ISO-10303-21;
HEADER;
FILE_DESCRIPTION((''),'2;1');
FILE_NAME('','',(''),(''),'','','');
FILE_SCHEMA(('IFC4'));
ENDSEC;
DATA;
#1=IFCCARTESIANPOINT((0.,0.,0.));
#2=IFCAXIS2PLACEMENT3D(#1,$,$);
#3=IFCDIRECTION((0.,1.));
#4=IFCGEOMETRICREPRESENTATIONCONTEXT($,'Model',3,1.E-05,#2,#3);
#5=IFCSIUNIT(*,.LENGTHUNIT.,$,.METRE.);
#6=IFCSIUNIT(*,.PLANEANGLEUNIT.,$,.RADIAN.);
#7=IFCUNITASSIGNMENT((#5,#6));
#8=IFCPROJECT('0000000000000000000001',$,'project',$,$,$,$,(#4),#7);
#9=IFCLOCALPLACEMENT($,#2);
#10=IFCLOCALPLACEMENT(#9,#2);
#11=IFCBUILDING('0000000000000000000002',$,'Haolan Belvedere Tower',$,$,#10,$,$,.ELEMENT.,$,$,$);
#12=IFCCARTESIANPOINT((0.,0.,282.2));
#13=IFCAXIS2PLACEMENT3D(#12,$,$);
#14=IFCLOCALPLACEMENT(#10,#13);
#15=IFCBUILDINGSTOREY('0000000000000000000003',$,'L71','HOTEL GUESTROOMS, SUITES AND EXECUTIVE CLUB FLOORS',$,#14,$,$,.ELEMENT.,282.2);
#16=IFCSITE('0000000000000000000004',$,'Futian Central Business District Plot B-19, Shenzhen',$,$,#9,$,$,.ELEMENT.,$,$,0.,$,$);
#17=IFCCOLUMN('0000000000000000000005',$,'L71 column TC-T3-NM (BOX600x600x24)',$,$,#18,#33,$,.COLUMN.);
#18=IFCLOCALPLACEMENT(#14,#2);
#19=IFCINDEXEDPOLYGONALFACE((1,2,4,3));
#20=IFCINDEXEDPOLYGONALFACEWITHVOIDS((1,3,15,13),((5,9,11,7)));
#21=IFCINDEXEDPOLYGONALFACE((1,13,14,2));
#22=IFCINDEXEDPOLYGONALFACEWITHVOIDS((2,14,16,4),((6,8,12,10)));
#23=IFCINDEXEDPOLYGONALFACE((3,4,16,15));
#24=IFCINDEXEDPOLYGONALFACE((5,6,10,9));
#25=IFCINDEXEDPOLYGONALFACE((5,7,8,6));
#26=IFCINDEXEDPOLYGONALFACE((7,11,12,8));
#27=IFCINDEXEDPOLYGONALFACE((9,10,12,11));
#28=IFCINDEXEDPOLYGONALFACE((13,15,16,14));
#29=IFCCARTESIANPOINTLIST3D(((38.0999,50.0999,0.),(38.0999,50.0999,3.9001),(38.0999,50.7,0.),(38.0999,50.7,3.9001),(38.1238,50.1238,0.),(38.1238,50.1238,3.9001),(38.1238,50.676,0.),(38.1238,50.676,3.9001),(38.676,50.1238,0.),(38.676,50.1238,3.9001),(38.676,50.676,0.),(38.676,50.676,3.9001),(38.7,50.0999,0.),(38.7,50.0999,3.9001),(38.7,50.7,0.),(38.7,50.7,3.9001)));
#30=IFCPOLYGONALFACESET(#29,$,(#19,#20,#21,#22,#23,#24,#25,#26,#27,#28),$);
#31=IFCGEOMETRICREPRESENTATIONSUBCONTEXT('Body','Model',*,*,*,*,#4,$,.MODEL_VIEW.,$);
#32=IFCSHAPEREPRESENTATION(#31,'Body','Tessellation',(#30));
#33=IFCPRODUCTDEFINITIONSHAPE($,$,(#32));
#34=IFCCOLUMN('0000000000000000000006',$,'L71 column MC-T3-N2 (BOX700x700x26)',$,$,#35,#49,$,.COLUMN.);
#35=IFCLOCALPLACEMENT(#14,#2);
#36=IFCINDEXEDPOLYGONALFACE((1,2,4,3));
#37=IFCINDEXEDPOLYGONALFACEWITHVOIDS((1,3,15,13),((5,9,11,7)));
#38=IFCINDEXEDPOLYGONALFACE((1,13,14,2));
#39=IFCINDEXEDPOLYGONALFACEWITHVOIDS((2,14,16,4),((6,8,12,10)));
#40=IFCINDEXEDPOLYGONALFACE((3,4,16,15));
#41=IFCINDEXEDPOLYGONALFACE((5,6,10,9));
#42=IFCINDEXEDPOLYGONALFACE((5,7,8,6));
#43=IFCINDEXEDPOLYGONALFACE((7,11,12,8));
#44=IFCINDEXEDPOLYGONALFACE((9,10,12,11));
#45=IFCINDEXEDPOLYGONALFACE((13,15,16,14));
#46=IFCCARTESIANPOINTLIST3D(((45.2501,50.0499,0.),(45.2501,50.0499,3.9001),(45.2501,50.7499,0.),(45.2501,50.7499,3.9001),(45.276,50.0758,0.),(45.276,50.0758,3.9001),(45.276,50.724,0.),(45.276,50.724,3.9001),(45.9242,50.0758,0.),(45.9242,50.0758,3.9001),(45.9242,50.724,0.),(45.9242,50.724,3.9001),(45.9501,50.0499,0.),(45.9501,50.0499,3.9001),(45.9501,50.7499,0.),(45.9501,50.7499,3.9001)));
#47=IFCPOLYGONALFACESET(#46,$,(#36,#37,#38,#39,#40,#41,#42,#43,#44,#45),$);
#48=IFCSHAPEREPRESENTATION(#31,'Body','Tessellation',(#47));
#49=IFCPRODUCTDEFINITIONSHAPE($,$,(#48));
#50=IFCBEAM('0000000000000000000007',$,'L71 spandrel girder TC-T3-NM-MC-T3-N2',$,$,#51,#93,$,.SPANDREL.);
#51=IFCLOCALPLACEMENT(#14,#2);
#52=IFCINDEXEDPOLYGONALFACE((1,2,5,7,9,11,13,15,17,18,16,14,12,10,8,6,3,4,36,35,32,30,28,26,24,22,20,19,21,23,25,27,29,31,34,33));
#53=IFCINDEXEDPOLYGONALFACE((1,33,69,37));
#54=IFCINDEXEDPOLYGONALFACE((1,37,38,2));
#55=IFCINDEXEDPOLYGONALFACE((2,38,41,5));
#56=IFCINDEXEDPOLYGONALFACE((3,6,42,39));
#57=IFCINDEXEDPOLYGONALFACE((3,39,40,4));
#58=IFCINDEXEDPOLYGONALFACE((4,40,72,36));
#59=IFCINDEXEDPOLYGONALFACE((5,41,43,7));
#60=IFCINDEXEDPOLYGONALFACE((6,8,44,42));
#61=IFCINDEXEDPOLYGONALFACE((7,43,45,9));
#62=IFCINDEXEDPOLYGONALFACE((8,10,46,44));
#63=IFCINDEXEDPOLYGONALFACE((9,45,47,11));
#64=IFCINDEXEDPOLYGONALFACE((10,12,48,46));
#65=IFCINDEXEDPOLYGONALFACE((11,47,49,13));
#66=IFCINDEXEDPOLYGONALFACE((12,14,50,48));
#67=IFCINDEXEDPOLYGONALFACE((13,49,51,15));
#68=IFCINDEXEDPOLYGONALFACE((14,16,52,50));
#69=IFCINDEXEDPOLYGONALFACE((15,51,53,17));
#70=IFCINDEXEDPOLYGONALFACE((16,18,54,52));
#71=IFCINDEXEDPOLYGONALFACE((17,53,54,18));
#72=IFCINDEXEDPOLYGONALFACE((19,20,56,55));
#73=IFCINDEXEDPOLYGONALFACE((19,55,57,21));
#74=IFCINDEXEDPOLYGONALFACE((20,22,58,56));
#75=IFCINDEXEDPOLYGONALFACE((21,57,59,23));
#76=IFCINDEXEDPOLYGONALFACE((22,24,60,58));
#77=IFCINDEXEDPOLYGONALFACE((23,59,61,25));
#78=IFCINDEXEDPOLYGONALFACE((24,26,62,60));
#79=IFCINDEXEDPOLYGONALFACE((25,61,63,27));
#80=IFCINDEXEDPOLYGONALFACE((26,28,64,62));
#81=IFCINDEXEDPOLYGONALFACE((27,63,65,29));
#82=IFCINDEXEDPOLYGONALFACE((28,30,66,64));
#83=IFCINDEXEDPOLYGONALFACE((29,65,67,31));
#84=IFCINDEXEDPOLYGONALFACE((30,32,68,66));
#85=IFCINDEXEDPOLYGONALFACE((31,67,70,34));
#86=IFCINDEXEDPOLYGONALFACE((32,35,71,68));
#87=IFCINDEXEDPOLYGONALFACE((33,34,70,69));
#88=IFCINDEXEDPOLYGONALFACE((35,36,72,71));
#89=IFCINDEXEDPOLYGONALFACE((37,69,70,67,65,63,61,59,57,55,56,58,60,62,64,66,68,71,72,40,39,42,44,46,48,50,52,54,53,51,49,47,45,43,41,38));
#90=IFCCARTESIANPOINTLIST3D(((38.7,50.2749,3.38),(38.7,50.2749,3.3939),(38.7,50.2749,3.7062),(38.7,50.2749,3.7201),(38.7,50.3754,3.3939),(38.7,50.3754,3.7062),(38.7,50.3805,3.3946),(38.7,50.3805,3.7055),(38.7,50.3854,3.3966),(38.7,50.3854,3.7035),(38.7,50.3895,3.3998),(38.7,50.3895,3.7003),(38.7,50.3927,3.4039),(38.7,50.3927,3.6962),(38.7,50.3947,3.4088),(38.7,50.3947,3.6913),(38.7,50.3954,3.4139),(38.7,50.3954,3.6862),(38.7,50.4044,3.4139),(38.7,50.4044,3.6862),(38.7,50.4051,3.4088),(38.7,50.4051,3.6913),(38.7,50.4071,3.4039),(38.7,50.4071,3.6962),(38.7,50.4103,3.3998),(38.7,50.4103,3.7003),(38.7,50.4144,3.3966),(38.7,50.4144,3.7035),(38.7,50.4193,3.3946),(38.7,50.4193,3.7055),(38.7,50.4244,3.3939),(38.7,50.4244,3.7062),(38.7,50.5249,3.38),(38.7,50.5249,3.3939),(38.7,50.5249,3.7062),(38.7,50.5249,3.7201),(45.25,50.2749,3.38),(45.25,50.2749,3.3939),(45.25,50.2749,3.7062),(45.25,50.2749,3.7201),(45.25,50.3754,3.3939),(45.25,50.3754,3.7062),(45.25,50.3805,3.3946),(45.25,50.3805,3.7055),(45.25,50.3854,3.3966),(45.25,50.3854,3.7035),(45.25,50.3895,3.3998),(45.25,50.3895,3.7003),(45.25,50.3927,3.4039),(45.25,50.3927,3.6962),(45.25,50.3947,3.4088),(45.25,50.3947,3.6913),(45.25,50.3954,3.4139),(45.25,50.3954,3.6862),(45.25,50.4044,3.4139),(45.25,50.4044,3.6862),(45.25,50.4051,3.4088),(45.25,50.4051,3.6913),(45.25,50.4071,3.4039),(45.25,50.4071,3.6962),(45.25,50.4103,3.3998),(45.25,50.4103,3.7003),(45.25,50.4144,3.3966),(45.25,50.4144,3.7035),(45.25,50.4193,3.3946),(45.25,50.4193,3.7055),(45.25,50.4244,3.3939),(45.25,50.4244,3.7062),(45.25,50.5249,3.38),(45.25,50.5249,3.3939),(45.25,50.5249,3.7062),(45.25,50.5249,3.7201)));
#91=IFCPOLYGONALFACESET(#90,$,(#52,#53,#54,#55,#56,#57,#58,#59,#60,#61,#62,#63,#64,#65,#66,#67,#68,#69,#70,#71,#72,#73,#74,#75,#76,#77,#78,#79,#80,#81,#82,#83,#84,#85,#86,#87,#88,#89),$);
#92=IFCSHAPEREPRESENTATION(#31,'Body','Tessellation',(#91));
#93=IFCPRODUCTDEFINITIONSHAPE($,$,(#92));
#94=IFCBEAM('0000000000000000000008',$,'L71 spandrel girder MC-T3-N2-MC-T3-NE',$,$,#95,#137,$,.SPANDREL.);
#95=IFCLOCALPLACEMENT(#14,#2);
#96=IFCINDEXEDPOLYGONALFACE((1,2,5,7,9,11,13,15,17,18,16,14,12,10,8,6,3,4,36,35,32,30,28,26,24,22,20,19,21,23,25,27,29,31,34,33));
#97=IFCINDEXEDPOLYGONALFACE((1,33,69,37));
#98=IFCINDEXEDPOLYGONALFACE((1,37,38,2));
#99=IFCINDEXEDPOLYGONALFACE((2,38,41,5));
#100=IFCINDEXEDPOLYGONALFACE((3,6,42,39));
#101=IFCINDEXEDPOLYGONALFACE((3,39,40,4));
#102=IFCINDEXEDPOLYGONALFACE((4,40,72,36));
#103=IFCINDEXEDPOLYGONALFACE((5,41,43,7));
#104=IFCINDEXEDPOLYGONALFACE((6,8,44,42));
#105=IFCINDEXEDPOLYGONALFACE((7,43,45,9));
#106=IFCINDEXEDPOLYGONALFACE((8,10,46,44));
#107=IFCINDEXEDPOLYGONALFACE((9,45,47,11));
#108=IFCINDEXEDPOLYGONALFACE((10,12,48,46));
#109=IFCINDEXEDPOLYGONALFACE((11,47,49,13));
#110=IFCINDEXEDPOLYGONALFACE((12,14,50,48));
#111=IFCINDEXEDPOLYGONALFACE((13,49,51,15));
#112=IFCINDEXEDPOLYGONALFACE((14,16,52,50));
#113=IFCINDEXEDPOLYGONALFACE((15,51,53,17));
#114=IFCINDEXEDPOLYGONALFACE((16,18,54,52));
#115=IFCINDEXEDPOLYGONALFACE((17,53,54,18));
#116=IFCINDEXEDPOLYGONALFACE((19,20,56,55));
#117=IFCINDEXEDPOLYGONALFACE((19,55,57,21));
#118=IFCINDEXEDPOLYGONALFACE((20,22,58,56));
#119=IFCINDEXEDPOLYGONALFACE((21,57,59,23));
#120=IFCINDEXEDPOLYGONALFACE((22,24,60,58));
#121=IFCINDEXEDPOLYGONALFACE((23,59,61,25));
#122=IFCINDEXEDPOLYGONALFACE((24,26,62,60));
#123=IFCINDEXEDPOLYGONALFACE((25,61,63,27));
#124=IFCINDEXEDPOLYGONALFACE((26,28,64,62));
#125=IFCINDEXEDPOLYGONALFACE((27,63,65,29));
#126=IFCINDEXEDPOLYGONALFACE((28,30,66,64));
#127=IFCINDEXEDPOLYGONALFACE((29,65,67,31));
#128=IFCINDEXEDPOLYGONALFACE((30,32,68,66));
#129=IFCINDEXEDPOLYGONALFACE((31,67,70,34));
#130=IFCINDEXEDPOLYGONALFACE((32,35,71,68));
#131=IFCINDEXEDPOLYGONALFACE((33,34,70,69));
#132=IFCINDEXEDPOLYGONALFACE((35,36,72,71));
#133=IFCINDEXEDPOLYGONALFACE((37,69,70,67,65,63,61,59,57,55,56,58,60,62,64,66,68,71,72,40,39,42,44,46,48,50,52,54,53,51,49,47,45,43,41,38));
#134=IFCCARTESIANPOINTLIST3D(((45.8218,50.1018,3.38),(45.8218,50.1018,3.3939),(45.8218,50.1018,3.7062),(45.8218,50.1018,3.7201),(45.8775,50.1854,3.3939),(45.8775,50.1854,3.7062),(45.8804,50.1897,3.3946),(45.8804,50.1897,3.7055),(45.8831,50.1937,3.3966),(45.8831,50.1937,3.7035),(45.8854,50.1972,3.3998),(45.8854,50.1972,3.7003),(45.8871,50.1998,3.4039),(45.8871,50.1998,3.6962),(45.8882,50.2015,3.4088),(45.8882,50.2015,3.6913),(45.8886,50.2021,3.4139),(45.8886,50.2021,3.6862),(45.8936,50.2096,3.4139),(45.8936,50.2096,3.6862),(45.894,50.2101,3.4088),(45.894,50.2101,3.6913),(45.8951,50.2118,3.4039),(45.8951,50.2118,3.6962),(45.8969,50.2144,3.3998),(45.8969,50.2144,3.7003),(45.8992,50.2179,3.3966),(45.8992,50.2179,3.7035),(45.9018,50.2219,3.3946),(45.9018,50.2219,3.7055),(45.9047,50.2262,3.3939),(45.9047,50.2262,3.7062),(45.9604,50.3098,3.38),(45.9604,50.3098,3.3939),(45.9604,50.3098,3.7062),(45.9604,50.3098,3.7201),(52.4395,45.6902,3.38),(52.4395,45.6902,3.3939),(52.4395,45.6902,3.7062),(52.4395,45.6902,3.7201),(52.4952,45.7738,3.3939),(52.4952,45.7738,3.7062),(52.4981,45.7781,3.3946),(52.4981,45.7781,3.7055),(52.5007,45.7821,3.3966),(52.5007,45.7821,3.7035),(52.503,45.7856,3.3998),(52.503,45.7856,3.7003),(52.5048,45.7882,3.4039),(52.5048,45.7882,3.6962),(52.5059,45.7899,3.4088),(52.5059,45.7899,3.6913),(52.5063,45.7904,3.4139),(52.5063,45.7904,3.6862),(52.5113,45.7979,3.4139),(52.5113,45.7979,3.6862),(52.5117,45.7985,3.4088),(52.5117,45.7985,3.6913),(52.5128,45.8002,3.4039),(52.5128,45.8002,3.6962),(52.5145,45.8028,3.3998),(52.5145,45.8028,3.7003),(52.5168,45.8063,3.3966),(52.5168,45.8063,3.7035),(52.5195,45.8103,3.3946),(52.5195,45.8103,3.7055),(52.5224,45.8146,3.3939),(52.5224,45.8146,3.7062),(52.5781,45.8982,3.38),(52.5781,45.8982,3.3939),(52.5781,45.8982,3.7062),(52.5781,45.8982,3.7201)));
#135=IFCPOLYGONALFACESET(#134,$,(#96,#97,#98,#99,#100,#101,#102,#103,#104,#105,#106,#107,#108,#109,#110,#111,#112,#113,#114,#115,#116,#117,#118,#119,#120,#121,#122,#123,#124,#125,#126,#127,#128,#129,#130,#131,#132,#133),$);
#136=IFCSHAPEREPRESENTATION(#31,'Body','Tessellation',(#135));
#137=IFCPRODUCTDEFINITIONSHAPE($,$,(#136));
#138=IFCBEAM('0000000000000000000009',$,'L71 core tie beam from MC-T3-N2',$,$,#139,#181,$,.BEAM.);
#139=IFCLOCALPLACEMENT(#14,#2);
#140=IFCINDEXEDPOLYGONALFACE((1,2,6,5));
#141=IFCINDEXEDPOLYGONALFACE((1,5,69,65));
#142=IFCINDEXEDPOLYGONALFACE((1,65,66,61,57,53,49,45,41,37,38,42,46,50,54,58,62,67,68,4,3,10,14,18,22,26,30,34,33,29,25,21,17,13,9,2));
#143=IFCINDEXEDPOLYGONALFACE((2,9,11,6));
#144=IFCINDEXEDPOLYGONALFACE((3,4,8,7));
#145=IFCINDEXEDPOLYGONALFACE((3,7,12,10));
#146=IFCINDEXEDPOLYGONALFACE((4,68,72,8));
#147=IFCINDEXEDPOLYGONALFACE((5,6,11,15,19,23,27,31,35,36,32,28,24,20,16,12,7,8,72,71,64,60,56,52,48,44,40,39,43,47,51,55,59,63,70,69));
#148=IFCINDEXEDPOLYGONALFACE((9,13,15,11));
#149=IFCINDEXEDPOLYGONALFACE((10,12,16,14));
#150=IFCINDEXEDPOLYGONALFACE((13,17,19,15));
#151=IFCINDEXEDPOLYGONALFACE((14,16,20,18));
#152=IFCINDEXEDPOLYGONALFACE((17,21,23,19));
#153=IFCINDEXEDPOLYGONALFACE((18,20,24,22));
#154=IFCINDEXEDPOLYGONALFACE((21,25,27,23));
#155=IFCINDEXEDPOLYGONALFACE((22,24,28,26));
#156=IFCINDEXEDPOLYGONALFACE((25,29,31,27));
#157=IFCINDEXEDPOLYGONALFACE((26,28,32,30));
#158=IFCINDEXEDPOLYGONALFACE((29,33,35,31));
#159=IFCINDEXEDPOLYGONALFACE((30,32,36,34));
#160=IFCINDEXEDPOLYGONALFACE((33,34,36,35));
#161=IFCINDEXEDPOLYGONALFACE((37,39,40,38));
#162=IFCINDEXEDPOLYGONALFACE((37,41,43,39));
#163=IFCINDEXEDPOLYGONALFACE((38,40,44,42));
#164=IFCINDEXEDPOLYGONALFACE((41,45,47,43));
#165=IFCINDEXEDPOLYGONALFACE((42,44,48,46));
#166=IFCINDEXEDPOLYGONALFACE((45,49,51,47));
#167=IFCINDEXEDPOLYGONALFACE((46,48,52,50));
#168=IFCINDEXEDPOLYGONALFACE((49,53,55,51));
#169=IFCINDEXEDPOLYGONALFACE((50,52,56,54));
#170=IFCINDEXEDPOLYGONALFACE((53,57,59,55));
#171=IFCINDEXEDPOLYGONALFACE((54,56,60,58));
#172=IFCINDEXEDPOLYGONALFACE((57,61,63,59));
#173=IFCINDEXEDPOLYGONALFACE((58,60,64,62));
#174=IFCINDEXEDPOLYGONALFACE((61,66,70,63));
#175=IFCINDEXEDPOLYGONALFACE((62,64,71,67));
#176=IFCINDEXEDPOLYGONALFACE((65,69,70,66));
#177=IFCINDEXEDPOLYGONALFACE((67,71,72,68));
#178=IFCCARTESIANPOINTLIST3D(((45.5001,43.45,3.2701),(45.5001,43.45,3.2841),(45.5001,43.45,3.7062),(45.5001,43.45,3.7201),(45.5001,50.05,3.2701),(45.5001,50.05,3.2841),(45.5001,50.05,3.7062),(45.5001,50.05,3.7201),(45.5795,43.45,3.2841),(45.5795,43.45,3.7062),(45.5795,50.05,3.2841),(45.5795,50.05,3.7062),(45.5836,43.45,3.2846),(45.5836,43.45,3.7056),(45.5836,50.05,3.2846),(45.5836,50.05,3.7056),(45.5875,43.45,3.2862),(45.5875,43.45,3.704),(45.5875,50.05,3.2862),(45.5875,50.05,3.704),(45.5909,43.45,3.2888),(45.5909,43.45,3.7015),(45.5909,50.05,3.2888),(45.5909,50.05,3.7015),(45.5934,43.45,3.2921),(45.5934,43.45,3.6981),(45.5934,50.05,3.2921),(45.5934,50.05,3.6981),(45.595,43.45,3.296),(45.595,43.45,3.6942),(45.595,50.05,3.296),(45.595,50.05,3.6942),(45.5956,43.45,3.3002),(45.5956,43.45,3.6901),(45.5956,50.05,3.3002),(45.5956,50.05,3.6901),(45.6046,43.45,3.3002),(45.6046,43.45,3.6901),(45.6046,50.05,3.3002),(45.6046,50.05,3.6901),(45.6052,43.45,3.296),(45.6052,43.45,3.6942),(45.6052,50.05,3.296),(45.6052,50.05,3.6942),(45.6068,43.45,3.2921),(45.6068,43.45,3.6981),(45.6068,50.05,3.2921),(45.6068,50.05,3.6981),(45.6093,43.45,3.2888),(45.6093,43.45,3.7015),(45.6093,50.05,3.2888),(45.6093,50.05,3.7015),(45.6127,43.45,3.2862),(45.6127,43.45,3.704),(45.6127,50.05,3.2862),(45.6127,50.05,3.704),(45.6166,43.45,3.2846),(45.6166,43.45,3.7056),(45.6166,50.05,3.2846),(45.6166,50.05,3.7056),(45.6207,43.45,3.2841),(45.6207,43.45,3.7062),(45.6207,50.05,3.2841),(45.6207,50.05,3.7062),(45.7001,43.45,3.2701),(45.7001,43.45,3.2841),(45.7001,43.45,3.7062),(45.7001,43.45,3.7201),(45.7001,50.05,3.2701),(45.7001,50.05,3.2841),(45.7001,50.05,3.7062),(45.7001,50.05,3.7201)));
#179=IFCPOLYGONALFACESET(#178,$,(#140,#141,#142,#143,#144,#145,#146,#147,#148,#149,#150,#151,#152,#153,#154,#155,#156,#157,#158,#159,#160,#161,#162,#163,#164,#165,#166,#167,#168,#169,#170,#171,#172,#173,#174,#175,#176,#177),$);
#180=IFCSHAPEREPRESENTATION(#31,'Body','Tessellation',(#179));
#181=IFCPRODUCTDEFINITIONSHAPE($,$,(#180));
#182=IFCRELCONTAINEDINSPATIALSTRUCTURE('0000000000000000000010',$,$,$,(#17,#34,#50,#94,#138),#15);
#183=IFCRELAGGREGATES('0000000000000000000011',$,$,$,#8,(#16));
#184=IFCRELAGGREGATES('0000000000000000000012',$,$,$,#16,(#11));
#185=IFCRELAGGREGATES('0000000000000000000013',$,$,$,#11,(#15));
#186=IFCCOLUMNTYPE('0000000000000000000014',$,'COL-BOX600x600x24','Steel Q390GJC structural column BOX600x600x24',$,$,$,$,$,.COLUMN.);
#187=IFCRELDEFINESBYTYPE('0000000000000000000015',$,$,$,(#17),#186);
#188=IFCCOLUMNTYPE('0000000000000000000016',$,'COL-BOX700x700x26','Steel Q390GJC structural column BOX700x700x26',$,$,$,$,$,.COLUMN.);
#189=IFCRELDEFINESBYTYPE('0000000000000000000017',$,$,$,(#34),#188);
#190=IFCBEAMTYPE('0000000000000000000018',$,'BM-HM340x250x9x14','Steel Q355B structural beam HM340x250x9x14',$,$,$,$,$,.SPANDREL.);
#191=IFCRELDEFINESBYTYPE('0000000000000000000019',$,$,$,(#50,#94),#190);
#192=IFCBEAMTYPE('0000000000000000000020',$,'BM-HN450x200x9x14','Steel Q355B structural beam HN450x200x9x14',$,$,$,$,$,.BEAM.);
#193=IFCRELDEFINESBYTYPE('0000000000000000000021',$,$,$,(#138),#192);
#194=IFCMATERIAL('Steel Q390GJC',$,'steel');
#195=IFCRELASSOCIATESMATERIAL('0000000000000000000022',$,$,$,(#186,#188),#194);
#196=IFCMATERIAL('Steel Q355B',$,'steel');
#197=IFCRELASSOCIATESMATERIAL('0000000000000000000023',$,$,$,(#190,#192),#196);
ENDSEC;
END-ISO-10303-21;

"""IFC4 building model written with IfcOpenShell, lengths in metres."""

from ifc_helpers import new_model, si_unit, direction, frame, origin, origin_2d, place, context, subcontext, project, spatial, hollow_rectangle, i_section, extrude, material, material_profile, profile_set, type_object, element, save


model = new_model("IFC4")

# Units and contexts
model_context = context("Model", 3, precision=1e-05, world=origin(), true_north=direction((0.0, 1.0)))
body_context = subcontext(model_context, "Body", "Model", "MODEL_VIEW")
ifc_project = project(units=[si_unit("LENGTHUNIT", "METRE"), si_unit("PLANEANGLEUNIT", "RADIAN")], contexts=[model_context])

# Site, building, storey
site_placement = place(None, origin())
site = spatial("IfcSite", under=ifc_project, at=site_placement, Name="Futian Central Business District Plot B-19, Shenzhen", CompositionType="ELEMENT", RefElevation=0.0)
building_placement = place(site_placement, origin())
building = spatial("IfcBuilding", under=site, at=building_placement, Name="Haolan Belvedere Tower", CompositionType="ELEMENT")
storey_placement = place(building_placement, frame((0.0, 0.0, 282.2)))
storey = spatial("IfcBuildingStorey", under=building, at=storey_placement, Name="L71", Description="HOTEL GUESTROOMS, SUITES AND EXECUTIVE CLUB FLOORS", CompositionType="ELEMENT", Elevation=282.2)

# Columns
ifc_material_1 = material(Name="Steel Q390GJC", Category="steel")
ifc_material_profile_1 = material_profile(ifc_material_1, hollow_rectangle(XDim=0.6001, YDim=0.6001, WallThickness=0.0239, at=origin_2d()), Name="Steel Q390GJC")
ifc_profile_set_1 = profile_set([ifc_material_profile_1], Name="Steel Q390GJC")
column_type_1 = type_object("IfcColumnType", Name="COL-BOX600x600x24", Description="Steel Q390GJC structural column BOX600x600x24", PredefinedType="COLUMN", material=ifc_profile_set_1)
column_1_placement = place(storey_placement, frame((38.3999, 50.3999, 0.0), z_axis=(0.0, 0.0, 1.0), x_axis=(1.0, 0.0, 0.0)))
element("IfcColumn", 1, at=column_1_placement, inside=storey, type_object=column_type_1, Name="L71 column TC-T3-NM (BOX600x600x24)", PredefinedType="COLUMN", context=body_context, shape_type="SweptSolid", body=[
    extrude(hollow_rectangle(XDim=0.6001, YDim=0.6001, WallThickness=0.0239, at=origin_2d()), origin(), (0.0, 0.0, 1.0), 3.9001),
])
ifc_material_profile_2 = material_profile(ifc_material_1, hollow_rectangle(XDim=0.7, YDim=0.7, WallThickness=0.0259, at=origin_2d()), Name="Steel Q390GJC")
ifc_profile_set_2 = profile_set([ifc_material_profile_2], Name="Steel Q390GJC")
column_type_2 = type_object("IfcColumnType", Name="COL-BOX700x700x26", Description="Steel Q390GJC structural column BOX700x700x26", PredefinedType="COLUMN", material=ifc_profile_set_2)
column_2_placement = place(storey_placement, frame((45.6001, 50.3999, 0.0), z_axis=(0.0, 0.0, 1.0), x_axis=(1.0, 0.0, 0.0)))
element("IfcColumn", 2, at=column_2_placement, inside=storey, type_object=column_type_2, Name="L71 column MC-T3-N2 (BOX700x700x26)", PredefinedType="COLUMN", context=body_context, shape_type="SweptSolid", body=[
    extrude(hollow_rectangle(XDim=0.7, YDim=0.7, WallThickness=0.0259, at=origin_2d()), origin(), (0.0, 0.0, 1.0), 3.9001),
])

# Beams
ifc_material_2 = material(Name="Steel Q355B", Category="steel")
ifc_material_profile_3 = material_profile(ifc_material_2, i_section(OverallWidth=0.25, OverallDepth=0.3401, WebThickness=0.009, FlangeThickness=0.0139, FilletRadius=0.02, at=origin_2d()), Name="Steel Q355B")
ifc_profile_set_3 = profile_set([ifc_material_profile_3], Name="Steel Q355B")
beam_type_1 = type_object("IfcBeamType", Name="BM-HM340x250x9x14", Description="Steel Q355B structural beam HM340x250x9x14", PredefinedType="SPANDREL", material=ifc_profile_set_3)
beam_1_placement = place(storey_placement, frame((38.7, 50.3999, 3.55), z_axis=(1.0, 0.0, 0.0), x_axis=(0.0, 1.0, 0.0)))
element("IfcBeam", 3, at=beam_1_placement, inside=storey, type_object=beam_type_1, Name="L71 spandrel girder TC-T3-NM-MC-T3-N2", PredefinedType="SPANDREL", context=body_context, shape_type="SweptSolid", body=[
    extrude(i_section(OverallWidth=0.25, OverallDepth=0.3401, WebThickness=0.009, FlangeThickness=0.0139, FilletRadius=0.02, at=origin_2d()), origin(), (0.0, 0.0, 1.0), 6.55),
])
beam_2_placement = place(storey_placement, frame((45.8911, 50.2058, 3.55), z_axis=(0.83206, -0.554686, 0.0), x_axis=(0.554686, 0.83206, 0.0)))
element("IfcBeam", 4, at=beam_2_placement, inside=storey, type_object=beam_type_1, Name="L71 spandrel girder MC-T3-N2-MC-T3-NE", PredefinedType="SPANDREL", context=body_context, shape_type="SweptSolid", body=[
    extrude(i_section(OverallWidth=0.25, OverallDepth=0.3401, WebThickness=0.009, FlangeThickness=0.0139, FilletRadius=0.02, at=origin_2d()), origin(), (0.0, 0.0, 1.0), 7.9534),
])
ifc_material_profile_4 = material_profile(ifc_material_2, i_section(OverallWidth=0.2, OverallDepth=0.45, WebThickness=0.009, FlangeThickness=0.0139, FilletRadius=0.0161, at=origin_2d()), Name="Steel Q355B")
ifc_profile_set_4 = profile_set([ifc_material_profile_4], Name="Steel Q355B")
beam_type_2 = type_object("IfcBeamType", Name="BM-HN450x200x9x14", Description="Steel Q355B structural beam HN450x200x9x14", PredefinedType="BEAM", material=ifc_profile_set_4)
beam_3_placement = place(storey_placement, frame((45.6001, 50.05, 3.4951), z_axis=(0.0, -1.0, 0.0), x_axis=(1.0, 0.0, 0.0)))
element("IfcBeam", 5, at=beam_3_placement, inside=storey, type_object=beam_type_2, Name="L71 core tie beam from MC-T3-N2", PredefinedType="BEAM", context=body_context, shape_type="SweptSolid", body=[
    extrude(i_section(OverallWidth=0.2, OverallDepth=0.45, WebThickness=0.009, FlangeThickness=0.0139, FilletRadius=0.0161, at=origin_2d()), origin(), (0.0, 0.0, 1.0), 6.6001),
])

save(model, "model.ifc")
